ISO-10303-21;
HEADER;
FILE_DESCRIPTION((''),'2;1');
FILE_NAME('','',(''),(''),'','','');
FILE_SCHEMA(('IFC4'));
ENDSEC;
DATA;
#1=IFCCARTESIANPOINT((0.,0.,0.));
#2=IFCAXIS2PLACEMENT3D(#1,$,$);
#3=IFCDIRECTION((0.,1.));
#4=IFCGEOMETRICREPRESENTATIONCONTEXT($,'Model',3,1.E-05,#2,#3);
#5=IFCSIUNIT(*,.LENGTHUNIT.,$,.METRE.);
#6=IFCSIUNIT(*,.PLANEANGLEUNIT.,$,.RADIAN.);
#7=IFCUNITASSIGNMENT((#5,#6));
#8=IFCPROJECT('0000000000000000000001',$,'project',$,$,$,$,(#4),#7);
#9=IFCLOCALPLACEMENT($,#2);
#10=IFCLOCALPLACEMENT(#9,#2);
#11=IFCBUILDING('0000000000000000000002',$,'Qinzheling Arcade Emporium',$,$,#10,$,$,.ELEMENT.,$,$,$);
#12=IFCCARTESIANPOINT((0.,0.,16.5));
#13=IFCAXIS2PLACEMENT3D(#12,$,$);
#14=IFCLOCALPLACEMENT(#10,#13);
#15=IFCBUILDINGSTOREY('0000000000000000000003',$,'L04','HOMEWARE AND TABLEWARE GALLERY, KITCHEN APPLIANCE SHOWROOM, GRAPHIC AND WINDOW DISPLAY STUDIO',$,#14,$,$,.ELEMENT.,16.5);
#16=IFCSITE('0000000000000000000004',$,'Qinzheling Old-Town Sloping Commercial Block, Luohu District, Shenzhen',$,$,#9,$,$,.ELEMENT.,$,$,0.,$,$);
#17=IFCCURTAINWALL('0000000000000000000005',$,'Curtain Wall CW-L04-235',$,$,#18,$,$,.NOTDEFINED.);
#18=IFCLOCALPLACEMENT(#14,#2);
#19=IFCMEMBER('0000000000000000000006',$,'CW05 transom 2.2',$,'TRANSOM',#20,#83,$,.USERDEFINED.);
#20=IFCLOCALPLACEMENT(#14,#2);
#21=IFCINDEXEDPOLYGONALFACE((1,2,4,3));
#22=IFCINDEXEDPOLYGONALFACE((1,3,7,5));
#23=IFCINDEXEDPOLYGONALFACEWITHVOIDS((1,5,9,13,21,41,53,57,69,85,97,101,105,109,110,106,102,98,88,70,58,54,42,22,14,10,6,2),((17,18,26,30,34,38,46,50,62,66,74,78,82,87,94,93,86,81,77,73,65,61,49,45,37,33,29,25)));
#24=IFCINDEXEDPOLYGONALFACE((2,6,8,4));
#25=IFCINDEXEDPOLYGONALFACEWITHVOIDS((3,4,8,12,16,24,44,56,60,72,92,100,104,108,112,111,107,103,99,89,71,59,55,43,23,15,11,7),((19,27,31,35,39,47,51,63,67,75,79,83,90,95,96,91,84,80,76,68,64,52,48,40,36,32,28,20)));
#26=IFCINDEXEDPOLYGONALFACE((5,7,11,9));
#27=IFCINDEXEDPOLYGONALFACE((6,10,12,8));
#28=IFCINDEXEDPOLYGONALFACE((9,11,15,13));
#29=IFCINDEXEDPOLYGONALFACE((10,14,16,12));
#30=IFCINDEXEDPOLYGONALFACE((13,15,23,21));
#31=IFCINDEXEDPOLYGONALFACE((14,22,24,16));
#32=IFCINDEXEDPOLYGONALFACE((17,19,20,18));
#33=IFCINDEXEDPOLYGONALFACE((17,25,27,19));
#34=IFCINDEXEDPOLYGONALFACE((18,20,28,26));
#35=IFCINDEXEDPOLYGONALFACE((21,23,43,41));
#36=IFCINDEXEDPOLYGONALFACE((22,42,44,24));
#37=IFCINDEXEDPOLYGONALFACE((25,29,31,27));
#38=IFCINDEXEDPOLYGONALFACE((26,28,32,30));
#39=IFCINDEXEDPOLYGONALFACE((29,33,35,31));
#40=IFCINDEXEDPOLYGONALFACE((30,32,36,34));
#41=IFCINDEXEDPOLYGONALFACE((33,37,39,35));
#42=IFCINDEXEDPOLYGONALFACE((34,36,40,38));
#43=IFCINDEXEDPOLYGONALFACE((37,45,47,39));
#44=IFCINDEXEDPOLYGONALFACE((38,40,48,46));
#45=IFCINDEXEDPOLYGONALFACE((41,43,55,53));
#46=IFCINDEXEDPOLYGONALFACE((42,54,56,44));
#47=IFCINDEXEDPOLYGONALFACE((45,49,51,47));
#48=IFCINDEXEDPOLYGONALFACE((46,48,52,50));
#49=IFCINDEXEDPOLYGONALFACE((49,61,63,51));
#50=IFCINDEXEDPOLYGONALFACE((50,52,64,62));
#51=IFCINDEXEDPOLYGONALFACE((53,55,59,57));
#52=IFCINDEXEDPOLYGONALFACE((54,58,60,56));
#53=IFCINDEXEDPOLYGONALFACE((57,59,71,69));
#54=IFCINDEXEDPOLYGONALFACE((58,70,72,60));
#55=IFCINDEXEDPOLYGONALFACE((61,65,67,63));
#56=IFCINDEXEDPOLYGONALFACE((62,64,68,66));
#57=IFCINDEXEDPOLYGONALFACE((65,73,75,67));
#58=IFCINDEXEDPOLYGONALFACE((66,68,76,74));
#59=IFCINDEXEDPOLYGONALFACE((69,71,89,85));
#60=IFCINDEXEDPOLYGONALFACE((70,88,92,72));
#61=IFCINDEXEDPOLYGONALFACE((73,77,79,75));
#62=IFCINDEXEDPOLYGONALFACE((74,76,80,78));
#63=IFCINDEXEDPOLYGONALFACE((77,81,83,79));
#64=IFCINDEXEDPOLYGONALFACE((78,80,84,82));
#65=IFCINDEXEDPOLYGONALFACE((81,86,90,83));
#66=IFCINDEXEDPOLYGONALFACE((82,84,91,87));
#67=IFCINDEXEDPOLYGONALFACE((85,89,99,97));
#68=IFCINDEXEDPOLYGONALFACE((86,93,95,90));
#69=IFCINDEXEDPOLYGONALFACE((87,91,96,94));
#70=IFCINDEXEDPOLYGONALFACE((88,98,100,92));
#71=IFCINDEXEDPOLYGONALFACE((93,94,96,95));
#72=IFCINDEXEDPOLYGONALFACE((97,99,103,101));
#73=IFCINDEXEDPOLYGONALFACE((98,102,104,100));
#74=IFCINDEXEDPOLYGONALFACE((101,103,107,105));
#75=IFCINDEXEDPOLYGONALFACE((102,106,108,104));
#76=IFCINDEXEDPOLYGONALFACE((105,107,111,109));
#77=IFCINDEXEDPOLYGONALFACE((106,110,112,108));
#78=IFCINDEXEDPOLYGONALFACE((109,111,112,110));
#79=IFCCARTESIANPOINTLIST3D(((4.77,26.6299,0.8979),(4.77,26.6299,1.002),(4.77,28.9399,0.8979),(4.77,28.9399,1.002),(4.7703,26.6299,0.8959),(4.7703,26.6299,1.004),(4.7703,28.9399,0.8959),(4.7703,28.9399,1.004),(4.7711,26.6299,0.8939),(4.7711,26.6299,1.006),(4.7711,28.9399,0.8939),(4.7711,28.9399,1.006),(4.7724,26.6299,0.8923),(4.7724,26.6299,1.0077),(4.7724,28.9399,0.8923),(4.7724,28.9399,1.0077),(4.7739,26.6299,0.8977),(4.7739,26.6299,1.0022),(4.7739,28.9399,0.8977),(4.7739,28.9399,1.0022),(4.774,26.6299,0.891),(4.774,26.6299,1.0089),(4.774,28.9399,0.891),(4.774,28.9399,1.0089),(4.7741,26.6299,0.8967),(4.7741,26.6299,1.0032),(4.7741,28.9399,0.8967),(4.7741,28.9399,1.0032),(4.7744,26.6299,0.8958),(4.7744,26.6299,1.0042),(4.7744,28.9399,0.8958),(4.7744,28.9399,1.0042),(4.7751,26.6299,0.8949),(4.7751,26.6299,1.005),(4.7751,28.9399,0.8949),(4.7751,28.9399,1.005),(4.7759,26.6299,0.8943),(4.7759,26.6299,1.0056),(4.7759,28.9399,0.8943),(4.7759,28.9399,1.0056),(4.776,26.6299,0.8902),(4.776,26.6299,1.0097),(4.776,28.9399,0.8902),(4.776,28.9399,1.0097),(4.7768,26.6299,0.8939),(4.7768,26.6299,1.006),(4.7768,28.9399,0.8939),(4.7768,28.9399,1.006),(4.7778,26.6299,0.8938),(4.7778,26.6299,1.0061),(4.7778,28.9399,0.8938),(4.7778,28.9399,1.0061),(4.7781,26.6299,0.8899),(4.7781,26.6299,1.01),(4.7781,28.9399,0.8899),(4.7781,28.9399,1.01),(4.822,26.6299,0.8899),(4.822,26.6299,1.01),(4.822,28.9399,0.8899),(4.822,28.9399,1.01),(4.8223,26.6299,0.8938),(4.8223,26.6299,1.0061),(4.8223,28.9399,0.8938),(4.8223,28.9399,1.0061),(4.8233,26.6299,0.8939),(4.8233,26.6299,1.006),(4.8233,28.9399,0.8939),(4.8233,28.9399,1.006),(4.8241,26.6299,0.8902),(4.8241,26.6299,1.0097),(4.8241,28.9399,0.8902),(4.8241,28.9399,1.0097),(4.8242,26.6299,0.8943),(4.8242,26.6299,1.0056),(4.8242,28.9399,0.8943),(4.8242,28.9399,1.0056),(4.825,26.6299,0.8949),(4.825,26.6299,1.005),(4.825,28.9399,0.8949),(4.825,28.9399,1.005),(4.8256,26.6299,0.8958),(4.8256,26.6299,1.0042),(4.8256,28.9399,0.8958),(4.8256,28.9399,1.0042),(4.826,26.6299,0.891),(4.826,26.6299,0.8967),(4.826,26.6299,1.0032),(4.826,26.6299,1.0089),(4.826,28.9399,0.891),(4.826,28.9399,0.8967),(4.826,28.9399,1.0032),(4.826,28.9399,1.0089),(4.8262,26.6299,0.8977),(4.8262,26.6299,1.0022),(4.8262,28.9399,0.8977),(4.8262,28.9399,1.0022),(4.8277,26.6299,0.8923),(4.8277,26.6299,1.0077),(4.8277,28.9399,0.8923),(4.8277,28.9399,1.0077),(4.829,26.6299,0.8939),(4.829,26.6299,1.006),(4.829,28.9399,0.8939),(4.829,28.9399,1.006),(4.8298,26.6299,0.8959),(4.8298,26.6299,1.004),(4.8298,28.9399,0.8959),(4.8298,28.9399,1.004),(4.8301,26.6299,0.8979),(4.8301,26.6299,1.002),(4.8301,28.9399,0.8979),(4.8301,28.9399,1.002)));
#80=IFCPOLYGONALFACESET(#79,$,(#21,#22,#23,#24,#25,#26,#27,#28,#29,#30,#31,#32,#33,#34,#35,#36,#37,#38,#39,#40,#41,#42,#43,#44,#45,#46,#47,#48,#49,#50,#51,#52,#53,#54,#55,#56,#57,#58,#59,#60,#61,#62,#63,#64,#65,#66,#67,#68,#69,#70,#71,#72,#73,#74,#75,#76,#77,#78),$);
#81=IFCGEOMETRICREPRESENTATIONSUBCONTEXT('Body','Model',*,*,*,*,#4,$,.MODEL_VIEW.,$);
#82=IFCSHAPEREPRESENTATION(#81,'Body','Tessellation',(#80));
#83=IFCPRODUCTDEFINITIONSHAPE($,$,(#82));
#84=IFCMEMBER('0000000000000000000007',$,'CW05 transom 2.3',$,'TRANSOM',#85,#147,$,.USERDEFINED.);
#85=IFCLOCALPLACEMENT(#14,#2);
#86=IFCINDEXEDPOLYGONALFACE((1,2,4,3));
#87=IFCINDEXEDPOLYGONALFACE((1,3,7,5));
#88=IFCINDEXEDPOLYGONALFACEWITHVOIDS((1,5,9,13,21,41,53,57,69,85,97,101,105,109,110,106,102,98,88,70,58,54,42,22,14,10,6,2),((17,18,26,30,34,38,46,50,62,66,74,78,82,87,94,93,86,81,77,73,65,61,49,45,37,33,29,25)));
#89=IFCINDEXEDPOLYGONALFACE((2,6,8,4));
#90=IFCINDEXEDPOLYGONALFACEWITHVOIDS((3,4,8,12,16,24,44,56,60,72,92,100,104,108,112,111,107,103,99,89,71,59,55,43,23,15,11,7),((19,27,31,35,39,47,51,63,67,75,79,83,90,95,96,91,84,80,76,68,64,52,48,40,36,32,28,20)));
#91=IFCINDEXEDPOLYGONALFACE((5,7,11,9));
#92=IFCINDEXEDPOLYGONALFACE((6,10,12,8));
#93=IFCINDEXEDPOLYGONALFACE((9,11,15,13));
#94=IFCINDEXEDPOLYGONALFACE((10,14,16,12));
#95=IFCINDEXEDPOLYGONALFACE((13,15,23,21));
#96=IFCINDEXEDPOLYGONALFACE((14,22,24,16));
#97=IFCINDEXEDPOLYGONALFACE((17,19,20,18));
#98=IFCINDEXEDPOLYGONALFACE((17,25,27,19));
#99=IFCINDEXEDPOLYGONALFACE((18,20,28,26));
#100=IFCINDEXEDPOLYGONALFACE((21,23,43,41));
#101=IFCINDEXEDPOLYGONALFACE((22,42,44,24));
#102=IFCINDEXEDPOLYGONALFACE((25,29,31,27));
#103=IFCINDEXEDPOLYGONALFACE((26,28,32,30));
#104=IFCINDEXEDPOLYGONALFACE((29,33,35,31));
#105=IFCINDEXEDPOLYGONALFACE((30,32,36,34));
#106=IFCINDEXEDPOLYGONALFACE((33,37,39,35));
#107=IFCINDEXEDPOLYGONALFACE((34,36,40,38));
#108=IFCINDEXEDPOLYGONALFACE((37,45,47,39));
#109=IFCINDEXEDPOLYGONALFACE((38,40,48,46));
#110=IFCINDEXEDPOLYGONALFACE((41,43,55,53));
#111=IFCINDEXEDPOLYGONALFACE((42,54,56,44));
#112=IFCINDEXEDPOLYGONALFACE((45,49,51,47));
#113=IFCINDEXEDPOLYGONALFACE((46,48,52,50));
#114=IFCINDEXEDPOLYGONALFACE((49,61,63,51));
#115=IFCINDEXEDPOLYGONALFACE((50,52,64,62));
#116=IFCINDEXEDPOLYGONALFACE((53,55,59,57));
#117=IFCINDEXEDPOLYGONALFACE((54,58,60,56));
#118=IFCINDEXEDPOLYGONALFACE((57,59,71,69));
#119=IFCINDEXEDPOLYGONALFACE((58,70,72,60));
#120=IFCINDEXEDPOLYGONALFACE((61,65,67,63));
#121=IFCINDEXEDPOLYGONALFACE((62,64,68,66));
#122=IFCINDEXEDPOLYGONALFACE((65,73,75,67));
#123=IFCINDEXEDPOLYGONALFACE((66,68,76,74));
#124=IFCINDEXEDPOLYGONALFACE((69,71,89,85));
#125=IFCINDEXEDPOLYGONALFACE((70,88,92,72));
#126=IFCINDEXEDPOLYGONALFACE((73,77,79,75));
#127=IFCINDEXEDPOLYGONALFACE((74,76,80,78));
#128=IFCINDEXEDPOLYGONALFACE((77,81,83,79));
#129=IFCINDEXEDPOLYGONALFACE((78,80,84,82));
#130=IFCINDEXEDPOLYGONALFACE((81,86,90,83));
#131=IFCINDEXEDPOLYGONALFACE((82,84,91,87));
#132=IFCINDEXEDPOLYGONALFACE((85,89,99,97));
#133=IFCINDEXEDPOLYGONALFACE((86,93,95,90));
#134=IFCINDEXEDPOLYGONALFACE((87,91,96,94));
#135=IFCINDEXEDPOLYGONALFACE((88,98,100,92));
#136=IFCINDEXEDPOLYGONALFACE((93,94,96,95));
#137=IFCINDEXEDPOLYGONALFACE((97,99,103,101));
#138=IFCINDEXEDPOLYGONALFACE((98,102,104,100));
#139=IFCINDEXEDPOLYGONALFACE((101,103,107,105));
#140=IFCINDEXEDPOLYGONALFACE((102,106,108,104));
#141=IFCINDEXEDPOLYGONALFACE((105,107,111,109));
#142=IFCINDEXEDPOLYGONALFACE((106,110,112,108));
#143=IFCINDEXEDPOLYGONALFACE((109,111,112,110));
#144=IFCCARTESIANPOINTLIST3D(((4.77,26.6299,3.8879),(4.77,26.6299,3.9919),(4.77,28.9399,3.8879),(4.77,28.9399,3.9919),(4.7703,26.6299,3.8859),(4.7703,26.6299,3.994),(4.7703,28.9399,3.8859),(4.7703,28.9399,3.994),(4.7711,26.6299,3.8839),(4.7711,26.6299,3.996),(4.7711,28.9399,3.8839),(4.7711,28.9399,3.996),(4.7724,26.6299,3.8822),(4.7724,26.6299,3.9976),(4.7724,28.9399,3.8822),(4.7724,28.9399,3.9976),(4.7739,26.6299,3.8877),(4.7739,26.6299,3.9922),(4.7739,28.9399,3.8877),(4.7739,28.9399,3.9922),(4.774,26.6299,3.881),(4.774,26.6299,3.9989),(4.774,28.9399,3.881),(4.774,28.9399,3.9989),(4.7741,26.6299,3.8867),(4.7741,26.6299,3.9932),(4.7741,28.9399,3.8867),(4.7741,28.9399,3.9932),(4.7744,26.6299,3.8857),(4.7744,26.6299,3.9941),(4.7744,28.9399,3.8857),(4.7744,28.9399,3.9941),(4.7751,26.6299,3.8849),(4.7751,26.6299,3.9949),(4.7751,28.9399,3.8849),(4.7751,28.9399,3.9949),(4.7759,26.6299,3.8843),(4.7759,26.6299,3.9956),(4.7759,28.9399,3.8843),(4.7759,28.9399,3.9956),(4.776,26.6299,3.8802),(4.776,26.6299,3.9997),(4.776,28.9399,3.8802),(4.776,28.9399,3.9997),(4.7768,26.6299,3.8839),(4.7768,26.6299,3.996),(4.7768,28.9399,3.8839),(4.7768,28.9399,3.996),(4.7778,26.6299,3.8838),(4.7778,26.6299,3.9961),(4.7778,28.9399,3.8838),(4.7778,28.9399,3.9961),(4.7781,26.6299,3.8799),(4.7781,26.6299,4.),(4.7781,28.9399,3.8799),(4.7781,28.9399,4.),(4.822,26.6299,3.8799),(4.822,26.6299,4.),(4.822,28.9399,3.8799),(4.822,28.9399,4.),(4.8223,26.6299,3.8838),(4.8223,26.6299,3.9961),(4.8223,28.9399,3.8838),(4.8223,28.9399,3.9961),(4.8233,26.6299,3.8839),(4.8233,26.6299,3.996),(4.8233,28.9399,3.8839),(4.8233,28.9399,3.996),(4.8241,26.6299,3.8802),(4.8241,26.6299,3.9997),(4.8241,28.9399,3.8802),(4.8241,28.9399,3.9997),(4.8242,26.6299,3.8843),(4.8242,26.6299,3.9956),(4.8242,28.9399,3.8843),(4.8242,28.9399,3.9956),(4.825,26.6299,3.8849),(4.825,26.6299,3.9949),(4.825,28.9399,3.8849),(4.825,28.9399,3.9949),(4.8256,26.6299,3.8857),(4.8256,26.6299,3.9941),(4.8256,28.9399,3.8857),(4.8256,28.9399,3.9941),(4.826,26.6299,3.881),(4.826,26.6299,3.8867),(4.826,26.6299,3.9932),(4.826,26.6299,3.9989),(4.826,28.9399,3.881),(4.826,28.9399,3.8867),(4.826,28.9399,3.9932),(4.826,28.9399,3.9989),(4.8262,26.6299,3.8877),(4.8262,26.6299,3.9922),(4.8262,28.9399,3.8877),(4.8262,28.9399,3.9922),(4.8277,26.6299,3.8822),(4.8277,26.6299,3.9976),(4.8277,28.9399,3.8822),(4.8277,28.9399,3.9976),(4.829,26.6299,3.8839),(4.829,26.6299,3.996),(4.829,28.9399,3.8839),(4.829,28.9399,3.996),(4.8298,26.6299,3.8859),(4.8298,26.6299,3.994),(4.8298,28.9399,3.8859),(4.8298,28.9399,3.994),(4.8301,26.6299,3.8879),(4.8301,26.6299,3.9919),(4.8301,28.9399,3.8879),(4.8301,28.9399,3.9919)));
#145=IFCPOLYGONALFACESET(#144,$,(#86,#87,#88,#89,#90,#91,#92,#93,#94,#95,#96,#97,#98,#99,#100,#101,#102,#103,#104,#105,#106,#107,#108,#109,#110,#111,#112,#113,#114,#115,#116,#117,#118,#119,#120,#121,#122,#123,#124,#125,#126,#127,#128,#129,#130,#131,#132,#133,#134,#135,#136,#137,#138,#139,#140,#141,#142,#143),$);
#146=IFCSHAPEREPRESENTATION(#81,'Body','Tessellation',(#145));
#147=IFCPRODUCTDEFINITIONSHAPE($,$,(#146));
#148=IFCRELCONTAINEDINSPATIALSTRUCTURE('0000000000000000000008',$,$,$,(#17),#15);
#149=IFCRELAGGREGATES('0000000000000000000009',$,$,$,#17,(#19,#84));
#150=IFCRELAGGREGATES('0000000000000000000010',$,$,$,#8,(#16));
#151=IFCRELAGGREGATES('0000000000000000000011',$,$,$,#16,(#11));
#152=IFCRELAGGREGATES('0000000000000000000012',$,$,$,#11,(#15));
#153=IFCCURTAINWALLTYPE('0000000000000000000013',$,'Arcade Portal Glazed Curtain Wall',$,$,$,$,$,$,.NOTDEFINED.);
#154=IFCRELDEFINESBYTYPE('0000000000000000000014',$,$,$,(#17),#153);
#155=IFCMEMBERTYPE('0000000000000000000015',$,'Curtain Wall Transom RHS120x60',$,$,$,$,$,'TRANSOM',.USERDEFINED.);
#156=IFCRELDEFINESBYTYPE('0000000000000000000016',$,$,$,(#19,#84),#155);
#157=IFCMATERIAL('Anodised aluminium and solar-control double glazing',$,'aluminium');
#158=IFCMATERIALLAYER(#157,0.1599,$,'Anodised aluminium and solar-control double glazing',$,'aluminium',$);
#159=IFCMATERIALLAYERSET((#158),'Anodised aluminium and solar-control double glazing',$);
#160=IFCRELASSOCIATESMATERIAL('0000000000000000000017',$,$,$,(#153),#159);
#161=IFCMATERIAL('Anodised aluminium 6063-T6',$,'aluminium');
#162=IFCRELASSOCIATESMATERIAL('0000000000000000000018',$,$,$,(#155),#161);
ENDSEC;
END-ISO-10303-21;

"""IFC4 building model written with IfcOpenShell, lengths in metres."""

from ifc_helpers import new_model, si_unit, direction, frame, origin, origin_2d, place, context, subcontext, project, spatial, hollow_rectangle, extrude, material, layer, layer_set, material_profile, profile_set, type_object, element, aggregate, save


model = new_model("IFC4")

# Units and contexts
model_context = context("Model", 3, precision=1e-05, world=origin(), true_north=direction((0.0, 1.0)))
body_context = subcontext(model_context, "Body", "Model", "MODEL_VIEW")
ifc_project = project(units=[si_unit("LENGTHUNIT", "METRE"), si_unit("PLANEANGLEUNIT", "RADIAN")], contexts=[model_context])

# Site, building, storey
site_placement = place(None, origin())
site = spatial("IfcSite", under=ifc_project, at=site_placement, Name="Qinzheling Old-Town Sloping Commercial Block, Luohu District, Shenzhen", CompositionType="ELEMENT", RefElevation=0.0)
building_placement = place(site_placement, origin())
building = spatial("IfcBuilding", under=site, at=building_placement, Name="Qinzheling Arcade Emporium", CompositionType="ELEMENT")
storey_placement = place(building_placement, frame((0.0, 0.0, 16.5)))
storey = spatial("IfcBuildingStorey", under=building, at=storey_placement, Name="L04", Description="HOMEWARE AND TABLEWARE GALLERY, KITCHEN APPLIANCE SHOWROOM, GRAPHIC AND WINDOW DISPLAY STUDIO", CompositionType="ELEMENT", Elevation=16.5)

# Curtain wall
ifc_material_1 = material(Name="Anodised aluminium and solar-control double glazing", Category="aluminium")
ifc_material_2 = material(Name="Anodised aluminium 6063-T6", Category="aluminium")
ifc_layer_1 = layer(ifc_material_1, 0.1599, Name="Anodised aluminium and solar-control double glazing", Category="aluminium")
ifc_layer_set_1 = layer_set([ifc_layer_1], Name="Anodised aluminium and solar-control double glazing")
curtain_wall_type_1 = type_object("IfcCurtainWallType", Name="Arcade Portal Glazed Curtain Wall", PredefinedType="NOTDEFINED", material=ifc_layer_set_1)
curtain_wall_1_placement = place(storey_placement, origin())
curtain_wall_1 = element("IfcCurtainWall", 1, at=curtain_wall_1_placement, inside=storey, type_object=curtain_wall_type_1, Name="Curtain Wall CW-L04-235", PredefinedType="NOTDEFINED")

# Members
ifc_material_profile_1 = material_profile(ifc_material_2, hollow_rectangle(XDim=0.0601, YDim=0.1201, WallThickness=0.0039, InnerFilletRadius=0.0039, OuterFilletRadius=0.0081, at=origin_2d()), Name="RHS 120x60x4", Category="aluminium")
ifc_profile_set_1 = profile_set([ifc_material_profile_1], Name="Anodised aluminium 6063-T6")
member_type_1 = type_object("IfcMemberType", Name="Curtain Wall Transom RHS120x60", ElementType="TRANSOM", PredefinedType="USERDEFINED", material=ifc_profile_set_1)
member_1_placement = place(storey_placement, frame((4.8, 26.6299, 0.95), z_axis=(0.0, 1.0, 0.0), x_axis=(-1.0, 0.0, 0.0)))
member_1 = element("IfcMember", 2, at=member_1_placement, type_object=member_type_1, Name="CW05 transom 2.2", ObjectType="TRANSOM", PredefinedType="USERDEFINED", context=body_context, shape_type="SweptSolid", body=[
    extrude(hollow_rectangle(XDim=0.0601, YDim=0.1201, WallThickness=0.0039, InnerFilletRadius=0.0039, OuterFilletRadius=0.0081, at=origin_2d()), origin(), (0.0, 0.0, 1.0), 2.3101),
])
member_2_placement = place(storey_placement, frame((4.8, 26.6299, 3.9399), z_axis=(0.0, 1.0, 0.0), x_axis=(-1.0, 0.0, 0.0)))
member_2 = element("IfcMember", 3, at=member_2_placement, type_object=member_type_1, Name="CW05 transom 2.3", ObjectType="TRANSOM", PredefinedType="USERDEFINED", context=body_context, shape_type="SweptSolid", body=[
    extrude(hollow_rectangle(XDim=0.0601, YDim=0.1201, WallThickness=0.0039, InnerFilletRadius=0.0039, OuterFilletRadius=0.0081, at=origin_2d()), origin(), (0.0, 0.0, 1.0), 2.3101),
])

aggregate(curtain_wall_1, [member_1, member_2])

save(model, "model.ifc")
